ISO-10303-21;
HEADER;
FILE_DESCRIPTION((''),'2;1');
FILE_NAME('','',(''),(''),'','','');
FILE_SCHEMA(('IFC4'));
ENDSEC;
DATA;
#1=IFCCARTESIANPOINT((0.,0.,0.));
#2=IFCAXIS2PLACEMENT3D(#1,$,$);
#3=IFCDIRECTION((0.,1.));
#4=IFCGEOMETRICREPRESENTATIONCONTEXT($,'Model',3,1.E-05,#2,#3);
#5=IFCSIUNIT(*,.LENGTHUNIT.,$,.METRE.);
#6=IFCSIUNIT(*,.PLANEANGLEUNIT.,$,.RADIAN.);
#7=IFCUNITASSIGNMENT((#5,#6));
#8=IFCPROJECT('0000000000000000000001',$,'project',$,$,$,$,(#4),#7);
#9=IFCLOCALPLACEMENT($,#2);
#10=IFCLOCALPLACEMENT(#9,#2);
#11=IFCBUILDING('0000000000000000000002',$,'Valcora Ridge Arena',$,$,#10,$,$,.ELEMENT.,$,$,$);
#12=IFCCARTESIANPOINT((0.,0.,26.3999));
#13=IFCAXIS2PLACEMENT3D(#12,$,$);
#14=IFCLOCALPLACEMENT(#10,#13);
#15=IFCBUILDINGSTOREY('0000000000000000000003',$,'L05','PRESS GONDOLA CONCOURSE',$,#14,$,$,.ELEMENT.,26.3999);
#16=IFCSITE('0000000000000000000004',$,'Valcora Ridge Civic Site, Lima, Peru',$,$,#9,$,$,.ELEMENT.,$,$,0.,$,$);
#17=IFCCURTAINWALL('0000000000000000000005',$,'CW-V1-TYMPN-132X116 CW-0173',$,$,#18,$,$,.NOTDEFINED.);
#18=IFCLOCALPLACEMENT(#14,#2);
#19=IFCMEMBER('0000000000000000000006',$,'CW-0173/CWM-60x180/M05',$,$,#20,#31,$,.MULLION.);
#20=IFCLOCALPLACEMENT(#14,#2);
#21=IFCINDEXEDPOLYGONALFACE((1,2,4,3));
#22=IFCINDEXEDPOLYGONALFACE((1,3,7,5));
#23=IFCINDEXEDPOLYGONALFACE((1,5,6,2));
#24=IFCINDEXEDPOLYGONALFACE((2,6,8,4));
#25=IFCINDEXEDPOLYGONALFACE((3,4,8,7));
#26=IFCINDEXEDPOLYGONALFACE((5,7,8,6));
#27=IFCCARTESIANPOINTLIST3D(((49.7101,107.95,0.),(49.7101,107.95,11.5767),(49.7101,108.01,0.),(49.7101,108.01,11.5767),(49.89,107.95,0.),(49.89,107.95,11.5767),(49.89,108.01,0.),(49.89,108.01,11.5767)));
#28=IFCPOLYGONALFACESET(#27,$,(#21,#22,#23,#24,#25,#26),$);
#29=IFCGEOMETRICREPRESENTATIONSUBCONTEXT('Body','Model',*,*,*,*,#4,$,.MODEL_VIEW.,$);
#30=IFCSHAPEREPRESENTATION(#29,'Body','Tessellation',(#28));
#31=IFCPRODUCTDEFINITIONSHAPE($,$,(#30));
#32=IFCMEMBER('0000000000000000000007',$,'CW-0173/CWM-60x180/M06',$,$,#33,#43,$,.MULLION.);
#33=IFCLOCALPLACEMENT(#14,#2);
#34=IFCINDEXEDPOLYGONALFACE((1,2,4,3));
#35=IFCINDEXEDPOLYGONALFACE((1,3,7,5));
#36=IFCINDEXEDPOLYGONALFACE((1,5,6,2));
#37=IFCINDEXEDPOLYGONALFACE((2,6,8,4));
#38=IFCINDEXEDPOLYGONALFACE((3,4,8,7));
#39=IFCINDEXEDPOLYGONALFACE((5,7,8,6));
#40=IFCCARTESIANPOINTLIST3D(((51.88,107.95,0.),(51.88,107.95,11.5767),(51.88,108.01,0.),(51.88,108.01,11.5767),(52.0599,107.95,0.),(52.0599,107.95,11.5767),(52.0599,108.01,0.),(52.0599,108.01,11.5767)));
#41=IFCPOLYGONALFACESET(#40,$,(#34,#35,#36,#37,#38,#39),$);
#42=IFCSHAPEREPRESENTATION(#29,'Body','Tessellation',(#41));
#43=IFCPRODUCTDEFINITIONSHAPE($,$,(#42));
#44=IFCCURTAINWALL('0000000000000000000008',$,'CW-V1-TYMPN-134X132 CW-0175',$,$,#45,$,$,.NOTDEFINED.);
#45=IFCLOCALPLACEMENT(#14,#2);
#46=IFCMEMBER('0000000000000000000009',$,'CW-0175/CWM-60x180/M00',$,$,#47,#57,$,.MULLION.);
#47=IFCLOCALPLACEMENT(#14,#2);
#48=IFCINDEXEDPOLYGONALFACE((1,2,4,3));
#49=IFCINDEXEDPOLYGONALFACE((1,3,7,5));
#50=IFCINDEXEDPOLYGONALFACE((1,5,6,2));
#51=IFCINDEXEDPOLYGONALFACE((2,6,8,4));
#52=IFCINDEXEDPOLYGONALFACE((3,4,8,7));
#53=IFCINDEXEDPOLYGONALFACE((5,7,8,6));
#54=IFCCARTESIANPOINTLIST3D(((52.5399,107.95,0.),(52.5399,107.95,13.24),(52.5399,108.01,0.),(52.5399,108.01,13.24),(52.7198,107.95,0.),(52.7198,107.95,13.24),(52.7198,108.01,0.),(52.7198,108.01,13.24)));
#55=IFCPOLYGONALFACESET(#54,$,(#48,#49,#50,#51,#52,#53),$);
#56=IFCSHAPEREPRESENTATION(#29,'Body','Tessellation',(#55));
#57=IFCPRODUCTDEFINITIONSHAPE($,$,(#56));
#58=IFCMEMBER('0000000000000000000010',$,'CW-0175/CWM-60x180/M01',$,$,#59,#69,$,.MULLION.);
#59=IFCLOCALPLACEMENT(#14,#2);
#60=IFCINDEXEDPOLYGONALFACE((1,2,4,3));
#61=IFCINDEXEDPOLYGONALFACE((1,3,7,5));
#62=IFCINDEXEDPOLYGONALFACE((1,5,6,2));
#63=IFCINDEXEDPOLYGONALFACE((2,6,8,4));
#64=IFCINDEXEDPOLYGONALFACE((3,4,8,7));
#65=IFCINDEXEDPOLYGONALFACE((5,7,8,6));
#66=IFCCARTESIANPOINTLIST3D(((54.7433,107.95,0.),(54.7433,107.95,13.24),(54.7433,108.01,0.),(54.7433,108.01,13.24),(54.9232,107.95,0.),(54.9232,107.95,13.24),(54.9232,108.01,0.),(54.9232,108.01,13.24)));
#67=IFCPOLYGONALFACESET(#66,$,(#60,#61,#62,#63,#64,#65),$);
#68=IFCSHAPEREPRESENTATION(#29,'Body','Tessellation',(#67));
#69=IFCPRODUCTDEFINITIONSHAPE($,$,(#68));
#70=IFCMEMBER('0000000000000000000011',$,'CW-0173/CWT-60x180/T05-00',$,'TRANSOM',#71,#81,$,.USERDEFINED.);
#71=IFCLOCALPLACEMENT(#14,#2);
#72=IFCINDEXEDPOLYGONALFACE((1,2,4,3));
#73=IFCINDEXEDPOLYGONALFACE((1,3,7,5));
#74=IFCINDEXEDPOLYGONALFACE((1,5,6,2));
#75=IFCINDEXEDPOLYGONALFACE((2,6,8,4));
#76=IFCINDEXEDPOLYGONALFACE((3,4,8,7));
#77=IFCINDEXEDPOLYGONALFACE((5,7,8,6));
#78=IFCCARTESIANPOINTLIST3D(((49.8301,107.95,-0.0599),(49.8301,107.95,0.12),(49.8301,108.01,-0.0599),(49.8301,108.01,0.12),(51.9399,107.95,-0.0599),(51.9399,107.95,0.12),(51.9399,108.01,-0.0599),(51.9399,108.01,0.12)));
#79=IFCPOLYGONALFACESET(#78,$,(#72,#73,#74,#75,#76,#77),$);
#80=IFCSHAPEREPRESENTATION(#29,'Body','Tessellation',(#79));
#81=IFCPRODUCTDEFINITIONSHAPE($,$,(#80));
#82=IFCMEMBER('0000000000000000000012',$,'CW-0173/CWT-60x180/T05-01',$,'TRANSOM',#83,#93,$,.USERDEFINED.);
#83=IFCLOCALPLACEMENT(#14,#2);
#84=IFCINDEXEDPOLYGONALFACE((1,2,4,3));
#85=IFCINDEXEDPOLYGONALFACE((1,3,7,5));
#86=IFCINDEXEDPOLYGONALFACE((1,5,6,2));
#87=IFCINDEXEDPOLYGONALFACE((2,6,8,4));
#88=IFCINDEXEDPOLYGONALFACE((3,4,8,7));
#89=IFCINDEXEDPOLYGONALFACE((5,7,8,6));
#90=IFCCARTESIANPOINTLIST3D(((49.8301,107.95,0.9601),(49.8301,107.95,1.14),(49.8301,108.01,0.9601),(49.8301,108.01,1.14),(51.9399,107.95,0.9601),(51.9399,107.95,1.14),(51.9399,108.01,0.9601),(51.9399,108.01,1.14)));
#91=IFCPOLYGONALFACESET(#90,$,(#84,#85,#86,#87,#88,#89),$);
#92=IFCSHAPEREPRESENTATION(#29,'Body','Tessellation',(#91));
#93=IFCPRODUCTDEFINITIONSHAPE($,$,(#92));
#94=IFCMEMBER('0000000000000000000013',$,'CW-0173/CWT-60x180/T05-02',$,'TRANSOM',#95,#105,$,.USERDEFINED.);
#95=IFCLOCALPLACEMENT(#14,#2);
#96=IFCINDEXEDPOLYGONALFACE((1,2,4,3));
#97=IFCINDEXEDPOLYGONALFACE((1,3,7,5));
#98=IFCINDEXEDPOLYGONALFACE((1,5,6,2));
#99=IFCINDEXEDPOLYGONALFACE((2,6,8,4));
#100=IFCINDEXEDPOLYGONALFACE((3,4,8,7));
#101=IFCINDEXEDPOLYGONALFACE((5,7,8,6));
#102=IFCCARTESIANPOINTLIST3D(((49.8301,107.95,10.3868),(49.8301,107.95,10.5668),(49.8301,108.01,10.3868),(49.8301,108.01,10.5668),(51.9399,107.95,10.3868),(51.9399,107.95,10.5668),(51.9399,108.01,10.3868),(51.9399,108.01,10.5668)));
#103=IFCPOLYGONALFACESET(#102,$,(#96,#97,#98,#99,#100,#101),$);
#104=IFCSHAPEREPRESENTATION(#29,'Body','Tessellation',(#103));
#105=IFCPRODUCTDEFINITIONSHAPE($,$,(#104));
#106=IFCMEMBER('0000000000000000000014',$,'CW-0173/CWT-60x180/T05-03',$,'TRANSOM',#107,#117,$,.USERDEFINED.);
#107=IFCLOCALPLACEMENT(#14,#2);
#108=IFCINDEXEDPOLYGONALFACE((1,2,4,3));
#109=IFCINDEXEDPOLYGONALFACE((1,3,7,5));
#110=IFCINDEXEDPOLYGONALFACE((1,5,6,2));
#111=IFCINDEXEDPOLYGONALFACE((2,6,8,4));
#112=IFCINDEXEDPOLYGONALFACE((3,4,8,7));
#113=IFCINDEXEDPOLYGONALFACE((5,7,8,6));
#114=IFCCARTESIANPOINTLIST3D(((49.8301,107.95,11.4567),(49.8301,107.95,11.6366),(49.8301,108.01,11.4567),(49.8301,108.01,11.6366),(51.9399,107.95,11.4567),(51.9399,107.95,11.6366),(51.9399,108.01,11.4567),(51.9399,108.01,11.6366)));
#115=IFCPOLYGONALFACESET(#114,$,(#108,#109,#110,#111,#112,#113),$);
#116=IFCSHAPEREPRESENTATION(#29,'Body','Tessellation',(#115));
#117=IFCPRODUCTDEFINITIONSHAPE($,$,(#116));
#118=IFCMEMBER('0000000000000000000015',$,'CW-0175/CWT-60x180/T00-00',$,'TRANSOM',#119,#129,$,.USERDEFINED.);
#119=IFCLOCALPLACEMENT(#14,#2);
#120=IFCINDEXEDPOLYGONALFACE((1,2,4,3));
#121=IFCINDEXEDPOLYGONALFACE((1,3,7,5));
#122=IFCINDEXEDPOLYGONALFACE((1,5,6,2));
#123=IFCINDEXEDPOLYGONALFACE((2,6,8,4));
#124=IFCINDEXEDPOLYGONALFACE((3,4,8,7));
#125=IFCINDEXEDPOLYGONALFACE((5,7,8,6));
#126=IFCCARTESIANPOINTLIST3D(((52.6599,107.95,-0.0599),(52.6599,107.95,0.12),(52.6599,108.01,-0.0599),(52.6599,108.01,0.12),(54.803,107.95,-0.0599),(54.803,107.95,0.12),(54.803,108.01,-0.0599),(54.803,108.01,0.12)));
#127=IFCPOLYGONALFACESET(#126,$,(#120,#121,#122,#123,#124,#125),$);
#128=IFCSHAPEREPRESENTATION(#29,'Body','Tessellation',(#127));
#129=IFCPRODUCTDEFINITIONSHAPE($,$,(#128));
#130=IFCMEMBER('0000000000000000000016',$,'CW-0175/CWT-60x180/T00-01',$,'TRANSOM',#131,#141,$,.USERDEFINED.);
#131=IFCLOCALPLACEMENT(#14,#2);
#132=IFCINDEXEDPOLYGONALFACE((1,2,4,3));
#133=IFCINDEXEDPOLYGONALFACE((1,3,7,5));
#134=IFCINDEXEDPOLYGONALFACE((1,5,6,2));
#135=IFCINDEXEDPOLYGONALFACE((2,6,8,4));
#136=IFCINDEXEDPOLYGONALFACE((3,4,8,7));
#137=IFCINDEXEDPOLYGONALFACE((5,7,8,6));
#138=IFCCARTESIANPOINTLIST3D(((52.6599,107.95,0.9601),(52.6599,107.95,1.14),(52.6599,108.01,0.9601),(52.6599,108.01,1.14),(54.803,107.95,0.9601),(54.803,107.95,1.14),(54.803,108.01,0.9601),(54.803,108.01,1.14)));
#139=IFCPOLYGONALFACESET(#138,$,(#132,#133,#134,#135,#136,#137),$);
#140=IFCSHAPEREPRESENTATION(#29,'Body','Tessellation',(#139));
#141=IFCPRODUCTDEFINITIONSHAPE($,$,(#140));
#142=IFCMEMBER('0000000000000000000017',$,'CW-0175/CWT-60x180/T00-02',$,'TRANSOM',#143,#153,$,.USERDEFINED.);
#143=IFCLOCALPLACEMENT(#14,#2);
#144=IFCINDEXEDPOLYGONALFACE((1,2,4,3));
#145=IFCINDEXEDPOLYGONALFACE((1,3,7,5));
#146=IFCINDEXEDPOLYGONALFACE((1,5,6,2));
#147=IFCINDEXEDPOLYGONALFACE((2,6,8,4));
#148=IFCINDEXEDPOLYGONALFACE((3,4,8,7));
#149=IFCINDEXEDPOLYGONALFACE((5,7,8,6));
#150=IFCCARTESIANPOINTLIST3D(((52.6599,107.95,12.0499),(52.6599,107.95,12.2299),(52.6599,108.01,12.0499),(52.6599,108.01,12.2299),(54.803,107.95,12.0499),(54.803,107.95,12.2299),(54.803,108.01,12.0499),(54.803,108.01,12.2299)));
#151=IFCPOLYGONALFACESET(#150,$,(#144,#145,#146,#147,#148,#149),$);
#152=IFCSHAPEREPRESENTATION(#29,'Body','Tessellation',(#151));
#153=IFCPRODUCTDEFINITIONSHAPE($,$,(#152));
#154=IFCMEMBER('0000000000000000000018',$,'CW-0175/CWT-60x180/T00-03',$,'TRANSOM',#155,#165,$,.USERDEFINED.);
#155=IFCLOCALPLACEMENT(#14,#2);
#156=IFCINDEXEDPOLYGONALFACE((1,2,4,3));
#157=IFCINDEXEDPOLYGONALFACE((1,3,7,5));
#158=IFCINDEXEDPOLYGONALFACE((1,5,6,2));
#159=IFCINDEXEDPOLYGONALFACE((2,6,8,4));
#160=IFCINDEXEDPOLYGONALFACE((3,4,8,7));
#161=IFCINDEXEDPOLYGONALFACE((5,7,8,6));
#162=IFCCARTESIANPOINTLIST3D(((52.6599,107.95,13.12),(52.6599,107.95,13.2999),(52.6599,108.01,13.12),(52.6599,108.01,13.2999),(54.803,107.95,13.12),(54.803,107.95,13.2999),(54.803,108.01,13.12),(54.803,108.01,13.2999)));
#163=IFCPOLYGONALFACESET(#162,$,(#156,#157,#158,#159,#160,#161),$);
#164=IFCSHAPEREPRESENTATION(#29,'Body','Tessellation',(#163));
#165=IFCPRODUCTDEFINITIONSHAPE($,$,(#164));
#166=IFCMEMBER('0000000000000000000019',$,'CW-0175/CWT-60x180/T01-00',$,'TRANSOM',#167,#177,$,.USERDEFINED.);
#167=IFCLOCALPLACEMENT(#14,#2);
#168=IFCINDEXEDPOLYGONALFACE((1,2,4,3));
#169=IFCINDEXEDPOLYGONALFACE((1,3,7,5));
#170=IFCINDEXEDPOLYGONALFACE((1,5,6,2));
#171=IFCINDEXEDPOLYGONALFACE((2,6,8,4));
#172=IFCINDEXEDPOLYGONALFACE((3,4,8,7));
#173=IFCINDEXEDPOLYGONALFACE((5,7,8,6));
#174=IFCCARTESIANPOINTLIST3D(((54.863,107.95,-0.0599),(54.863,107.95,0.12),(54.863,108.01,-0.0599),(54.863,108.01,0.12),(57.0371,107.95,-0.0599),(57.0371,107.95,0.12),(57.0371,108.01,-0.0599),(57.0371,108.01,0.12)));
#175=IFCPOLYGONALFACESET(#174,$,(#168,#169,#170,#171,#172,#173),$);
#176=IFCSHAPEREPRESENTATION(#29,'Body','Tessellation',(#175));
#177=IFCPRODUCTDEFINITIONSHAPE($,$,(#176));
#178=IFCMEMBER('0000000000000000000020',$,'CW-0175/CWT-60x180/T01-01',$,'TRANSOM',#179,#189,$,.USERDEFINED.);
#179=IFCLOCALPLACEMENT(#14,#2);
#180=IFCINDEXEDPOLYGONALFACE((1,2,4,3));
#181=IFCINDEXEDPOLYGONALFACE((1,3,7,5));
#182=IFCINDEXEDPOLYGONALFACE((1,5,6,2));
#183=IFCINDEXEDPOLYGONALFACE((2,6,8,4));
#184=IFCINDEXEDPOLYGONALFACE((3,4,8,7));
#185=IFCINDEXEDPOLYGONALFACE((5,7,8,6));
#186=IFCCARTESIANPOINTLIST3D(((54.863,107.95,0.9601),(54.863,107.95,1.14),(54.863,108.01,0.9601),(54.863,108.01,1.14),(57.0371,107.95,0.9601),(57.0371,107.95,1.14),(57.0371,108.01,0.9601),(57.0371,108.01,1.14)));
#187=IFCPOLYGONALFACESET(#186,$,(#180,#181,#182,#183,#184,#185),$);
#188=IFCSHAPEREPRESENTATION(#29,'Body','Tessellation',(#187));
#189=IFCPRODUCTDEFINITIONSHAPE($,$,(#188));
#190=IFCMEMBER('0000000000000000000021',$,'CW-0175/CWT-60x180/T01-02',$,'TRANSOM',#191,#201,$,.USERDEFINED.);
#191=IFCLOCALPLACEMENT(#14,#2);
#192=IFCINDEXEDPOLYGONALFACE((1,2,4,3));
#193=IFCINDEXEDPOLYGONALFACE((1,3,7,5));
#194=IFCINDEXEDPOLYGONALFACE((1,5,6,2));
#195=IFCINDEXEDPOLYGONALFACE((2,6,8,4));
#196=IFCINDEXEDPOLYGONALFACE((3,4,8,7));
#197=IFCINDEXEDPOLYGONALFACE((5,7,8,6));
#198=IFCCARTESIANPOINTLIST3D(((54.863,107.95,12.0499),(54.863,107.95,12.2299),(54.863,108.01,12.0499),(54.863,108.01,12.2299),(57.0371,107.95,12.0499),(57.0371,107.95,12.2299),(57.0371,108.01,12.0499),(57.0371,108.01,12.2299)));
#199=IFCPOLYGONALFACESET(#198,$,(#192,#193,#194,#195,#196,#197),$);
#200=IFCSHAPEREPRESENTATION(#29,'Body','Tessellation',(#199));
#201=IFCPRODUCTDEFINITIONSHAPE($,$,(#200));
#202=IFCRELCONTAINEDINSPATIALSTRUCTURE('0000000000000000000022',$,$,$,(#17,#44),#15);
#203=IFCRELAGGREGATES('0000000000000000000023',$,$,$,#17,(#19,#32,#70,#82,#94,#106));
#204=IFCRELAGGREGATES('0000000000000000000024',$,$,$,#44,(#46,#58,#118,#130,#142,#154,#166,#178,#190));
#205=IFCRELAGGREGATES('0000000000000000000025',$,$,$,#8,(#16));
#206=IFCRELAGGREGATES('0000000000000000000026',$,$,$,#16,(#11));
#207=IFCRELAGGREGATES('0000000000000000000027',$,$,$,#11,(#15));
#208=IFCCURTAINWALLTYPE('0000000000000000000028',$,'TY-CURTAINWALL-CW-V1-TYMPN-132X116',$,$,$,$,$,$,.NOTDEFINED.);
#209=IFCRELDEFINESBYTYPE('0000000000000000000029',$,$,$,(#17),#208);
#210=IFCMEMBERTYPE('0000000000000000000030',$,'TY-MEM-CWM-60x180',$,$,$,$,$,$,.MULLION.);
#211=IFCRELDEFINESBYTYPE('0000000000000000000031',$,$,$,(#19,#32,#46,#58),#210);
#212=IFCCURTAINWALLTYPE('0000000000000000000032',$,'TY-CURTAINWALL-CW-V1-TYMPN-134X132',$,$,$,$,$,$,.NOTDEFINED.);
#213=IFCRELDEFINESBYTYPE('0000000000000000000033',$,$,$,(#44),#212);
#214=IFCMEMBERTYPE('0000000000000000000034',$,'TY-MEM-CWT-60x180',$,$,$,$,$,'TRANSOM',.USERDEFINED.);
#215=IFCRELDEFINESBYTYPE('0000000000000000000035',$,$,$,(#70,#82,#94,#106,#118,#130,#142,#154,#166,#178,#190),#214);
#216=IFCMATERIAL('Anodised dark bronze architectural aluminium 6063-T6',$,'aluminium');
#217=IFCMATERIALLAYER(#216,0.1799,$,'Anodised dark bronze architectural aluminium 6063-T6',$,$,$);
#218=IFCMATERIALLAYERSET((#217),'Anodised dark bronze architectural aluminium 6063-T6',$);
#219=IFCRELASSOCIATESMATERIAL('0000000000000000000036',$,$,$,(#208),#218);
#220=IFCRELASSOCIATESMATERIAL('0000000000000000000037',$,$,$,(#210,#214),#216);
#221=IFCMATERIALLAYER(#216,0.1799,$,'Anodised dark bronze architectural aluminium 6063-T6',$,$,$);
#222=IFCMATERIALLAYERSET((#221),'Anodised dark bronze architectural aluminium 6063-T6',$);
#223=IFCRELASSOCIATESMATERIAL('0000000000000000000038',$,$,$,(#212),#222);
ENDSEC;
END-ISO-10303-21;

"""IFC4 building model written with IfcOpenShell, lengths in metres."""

from ifc_helpers import new_model, si_unit, direction, frame, origin, origin_2d, place, context, subcontext, project, spatial, rectangle, extrude, material, layer, layer_set, material_profile, profile_set, type_object, element, aggregate, save


model = new_model("IFC4")

# Units and contexts
model_context = context("Model", 3, precision=1e-05, world=origin(), true_north=direction((0.0, 1.0)))
body_context = subcontext(model_context, "Body", "Model", "MODEL_VIEW")
ifc_project = project(units=[si_unit("LENGTHUNIT", "METRE"), si_unit("PLANEANGLEUNIT", "RADIAN")], contexts=[model_context])

# Site, building, storey
site_placement = place(None, origin())
site = spatial("IfcSite", under=ifc_project, at=site_placement, Name="Valcora Ridge Civic Site, Lima, Peru", CompositionType="ELEMENT", RefElevation=0.0)
building_placement = place(site_placement, origin())
building = spatial("IfcBuilding", under=site, at=building_placement, Name="Valcora Ridge Arena", CompositionType="ELEMENT")
storey_placement = place(building_placement, frame((0.0, 0.0, 26.3999)))
storey = spatial("IfcBuildingStorey", under=building, at=storey_placement, Name="L05", Description="PRESS GONDOLA CONCOURSE", CompositionType="ELEMENT", Elevation=26.3999)

# Curtain walls, members
ifc_material_1 = material(Name="Anodised dark bronze architectural aluminium 6063-T6", Category="aluminium")
ifc_layer_1 = layer(ifc_material_1, 0.1799, Name="Anodised dark bronze architectural aluminium 6063-T6")
ifc_layer_set_1 = layer_set([ifc_layer_1], Name="Anodised dark bronze architectural aluminium 6063-T6")
curtain_wall_type_1 = type_object("IfcCurtainWallType", Name="TY-CURTAINWALL-CW-V1-TYMPN-132X116", PredefinedType="NOTDEFINED", material=ifc_layer_set_1)
curtain_wall_1_placement = place(storey_placement, origin())
curtain_wall_1 = element("IfcCurtainWall", 1, at=curtain_wall_1_placement, inside=storey, type_object=curtain_wall_type_1, Name="CW-V1-TYMPN-132X116 CW-0173", PredefinedType="NOTDEFINED")
ifc_material_profile_1 = material_profile(ifc_material_1, rectangle(XDim=0.0601, YDim=0.1799, at=origin_2d()), Name="ALU MULLION 60x180")
ifc_profile_set_1 = profile_set([ifc_material_profile_1], Name="Anodised dark bronze architectural aluminium 6063-T6")
member_type_1 = type_object("IfcMemberType", Name="TY-MEM-CWM-60x180", PredefinedType="MULLION", material=ifc_profile_set_1)
member_1_placement = place(storey_placement, frame((49.8, 107.98, 0.0), z_axis=(0.0, 0.0, 1.0), x_axis=(0.0, 1.0, 0.0)))
member_1 = element("IfcMember", 2, at=member_1_placement, type_object=member_type_1, Name="CW-0173/CWM-60x180/M05", PredefinedType="MULLION", context=body_context, shape_type="SweptSolid", body=[
    extrude(rectangle(XDim=0.0601, YDim=0.1799, at=origin_2d()), origin(), (0.0, 0.0, 1.0), 11.5767),
])
member_2_placement = place(storey_placement, frame((51.97, 107.98, 0.0), z_axis=(0.0, 0.0, 1.0), x_axis=(0.0, 1.0, 0.0)))
member_2 = element("IfcMember", 3, at=member_2_placement, type_object=member_type_1, Name="CW-0173/CWM-60x180/M06", PredefinedType="MULLION", context=body_context, shape_type="SweptSolid", body=[
    extrude(rectangle(XDim=0.0601, YDim=0.1799, at=origin_2d()), origin(), (0.0, 0.0, 1.0), 11.5767),
])
ifc_layer_2 = layer(ifc_material_1, 0.1799, Name="Anodised dark bronze architectural aluminium 6063-T6")
ifc_layer_set_2 = layer_set([ifc_layer_2], Name="Anodised dark bronze architectural aluminium 6063-T6")
curtain_wall_type_2 = type_object("IfcCurtainWallType", Name="TY-CURTAINWALL-CW-V1-TYMPN-134X132", PredefinedType="NOTDEFINED", material=ifc_layer_set_2)
curtain_wall_2_placement = place(storey_placement, origin())
curtain_wall_2 = element("IfcCurtainWall", 4, at=curtain_wall_2_placement, inside=storey, type_object=curtain_wall_type_2, Name="CW-V1-TYMPN-134X132 CW-0175", PredefinedType="NOTDEFINED")
member_3_placement = place(storey_placement, frame((52.6299, 107.98, 0.0), z_axis=(0.0, 0.0, 1.0), x_axis=(0.0, 1.0, 0.0)))
member_3 = element("IfcMember", 5, at=member_3_placement, type_object=member_type_1, Name="CW-0175/CWM-60x180/M00", PredefinedType="MULLION", context=body_context, shape_type="SweptSolid", body=[
    extrude(rectangle(XDim=0.0601, YDim=0.1799, at=origin_2d()), origin(), (0.0, 0.0, 1.0), 13.24),
])
member_4_placement = place(storey_placement, frame((54.8333, 107.98, 0.0), z_axis=(0.0, 0.0, 1.0), x_axis=(0.0, 1.0, 0.0)))
member_4 = element("IfcMember", 6, at=member_4_placement, type_object=member_type_1, Name="CW-0175/CWM-60x180/M01", PredefinedType="MULLION", context=body_context, shape_type="SweptSolid", body=[
    extrude(rectangle(XDim=0.0601, YDim=0.1799, at=origin_2d()), origin(), (0.0, 0.0, 1.0), 13.24),
])

# Members
ifc_material_profile_2 = material_profile(ifc_material_1, rectangle(XDim=0.0601, YDim=0.1799, at=origin_2d()), Name="ALU TRANSOM 60x180")
ifc_profile_set_2 = profile_set([ifc_material_profile_2], Name="Anodised dark bronze architectural aluminium 6063-T6")
member_type_2 = type_object("IfcMemberType", Name="TY-MEM-CWT-60x180", ElementType="TRANSOM", PredefinedType="USERDEFINED", material=ifc_profile_set_2)
member_5_placement = place(storey_placement, frame((49.8301, 107.98, 0.03), z_axis=(1.0, 0.0, 0.0), x_axis=(0.0, 1.0, 0.0)))
member_5 = element("IfcMember", 7, at=member_5_placement, type_object=member_type_2, Name="CW-0173/CWT-60x180/T05-00", ObjectType="TRANSOM", PredefinedType="USERDEFINED", context=body_context, shape_type="SweptSolid", body=[
    extrude(rectangle(XDim=0.0601, YDim=0.1799, at=origin_2d()), origin(), (0.0, 0.0, 1.0), 2.1099),
])
member_6_placement = place(storey_placement, frame((49.8301, 107.98, 1.05), z_axis=(1.0, 0.0, 0.0), x_axis=(0.0, 1.0, 0.0)))
member_6 = element("IfcMember", 8, at=member_6_placement, type_object=member_type_2, Name="CW-0173/CWT-60x180/T05-01", ObjectType="TRANSOM", PredefinedType="USERDEFINED", context=body_context, shape_type="SweptSolid", body=[
    extrude(rectangle(XDim=0.0601, YDim=0.1799, at=origin_2d()), origin(), (0.0, 0.0, 1.0), 2.1099),
])
member_7_placement = place(storey_placement, frame((49.8301, 107.98, 10.4768), z_axis=(1.0, 0.0, 0.0), x_axis=(0.0, 1.0, 0.0)))
member_7 = element("IfcMember", 9, at=member_7_placement, type_object=member_type_2, Name="CW-0173/CWT-60x180/T05-02", ObjectType="TRANSOM", PredefinedType="USERDEFINED", context=body_context, shape_type="SweptSolid", body=[
    extrude(rectangle(XDim=0.0601, YDim=0.1799, at=origin_2d()), origin(), (0.0, 0.0, 1.0), 2.1099),
])
member_8_placement = place(storey_placement, frame((49.8301, 107.98, 11.5466), z_axis=(1.0, 0.0, 0.0), x_axis=(0.0, 1.0, 0.0)))
member_8 = element("IfcMember", 10, at=member_8_placement, type_object=member_type_2, Name="CW-0173/CWT-60x180/T05-03", ObjectType="TRANSOM", PredefinedType="USERDEFINED", context=body_context, shape_type="SweptSolid", body=[
    extrude(rectangle(XDim=0.0601, YDim=0.1799, at=origin_2d()), origin(), (0.0, 0.0, 1.0), 2.1099),
])
member_9_placement = place(storey_placement, frame((52.6599, 107.98, 0.03), z_axis=(1.0, 0.0, 0.0), x_axis=(0.0, 1.0, 0.0)))
member_9 = element("IfcMember", 11, at=member_9_placement, type_object=member_type_2, Name="CW-0175/CWT-60x180/T00-00", ObjectType="TRANSOM", PredefinedType="USERDEFINED", context=body_context, shape_type="SweptSolid", body=[
    extrude(rectangle(XDim=0.0601, YDim=0.1799, at=origin_2d()), origin(), (0.0, 0.0, 1.0), 2.1431),
])
member_10_placement = place(storey_placement, frame((52.6599, 107.98, 1.05), z_axis=(1.0, 0.0, 0.0), x_axis=(0.0, 1.0, 0.0)))
member_10 = element("IfcMember", 12, at=member_10_placement, type_object=member_type_2, Name="CW-0175/CWT-60x180/T00-01", ObjectType="TRANSOM", PredefinedType="USERDEFINED", context=body_context, shape_type="SweptSolid", body=[
    extrude(rectangle(XDim=0.0601, YDim=0.1799, at=origin_2d()), origin(), (0.0, 0.0, 1.0), 2.1431),
])
member_11_placement = place(storey_placement, frame((52.6599, 107.98, 12.1399), z_axis=(1.0, 0.0, 0.0), x_axis=(0.0, 1.0, 0.0)))
member_11 = element("IfcMember", 13, at=member_11_placement, type_object=member_type_2, Name="CW-0175/CWT-60x180/T00-02", ObjectType="TRANSOM", PredefinedType="USERDEFINED", context=body_context, shape_type="SweptSolid", body=[
    extrude(rectangle(XDim=0.0601, YDim=0.1799, at=origin_2d()), origin(), (0.0, 0.0, 1.0), 2.1431),
])
member_12_placement = place(storey_placement, frame((52.6599, 107.98, 13.21), z_axis=(1.0, 0.0, 0.0), x_axis=(0.0, 1.0, 0.0)))
member_12 = element("IfcMember", 14, at=member_12_placement, type_object=member_type_2, Name="CW-0175/CWT-60x180/T00-03", ObjectType="TRANSOM", PredefinedType="USERDEFINED", context=body_context, shape_type="SweptSolid", body=[
    extrude(rectangle(XDim=0.0601, YDim=0.1799, at=origin_2d()), origin(), (0.0, 0.0, 1.0), 2.1431),
])
member_13_placement = place(storey_placement, frame((54.863, 107.98, 0.03), z_axis=(1.0, 0.0, 0.0), x_axis=(0.0, 1.0, 0.0)))
member_13 = element("IfcMember", 15, at=member_13_placement, type_object=member_type_2, Name="CW-0175/CWT-60x180/T01-00", ObjectType="TRANSOM", PredefinedType="USERDEFINED", context=body_context, shape_type="SweptSolid", body=[
    extrude(rectangle(XDim=0.0601, YDim=0.1799, at=origin_2d()), origin(), (0.0, 0.0, 1.0), 2.1741),
])
member_14_placement = place(storey_placement, frame((54.863, 107.98, 1.05), z_axis=(1.0, 0.0, 0.0), x_axis=(0.0, 1.0, 0.0)))
member_14 = element("IfcMember", 16, at=member_14_placement, type_object=member_type_2, Name="CW-0175/CWT-60x180/T01-01", ObjectType="TRANSOM", PredefinedType="USERDEFINED", context=body_context, shape_type="SweptSolid", body=[
    extrude(rectangle(XDim=0.0601, YDim=0.1799, at=origin_2d()), origin(), (0.0, 0.0, 1.0), 2.1741),
])
member_15_placement = place(storey_placement, frame((54.863, 107.98, 12.1399), z_axis=(1.0, 0.0, 0.0), x_axis=(0.0, 1.0, 0.0)))
member_15 = element("IfcMember", 17, at=member_15_placement, type_object=member_type_2, Name="CW-0175/CWT-60x180/T01-02", ObjectType="TRANSOM", PredefinedType="USERDEFINED", context=body_context, shape_type="SweptSolid", body=[
    extrude(rectangle(XDim=0.0601, YDim=0.1799, at=origin_2d()), origin(), (0.0, 0.0, 1.0), 2.1741),
])

aggregate(curtain_wall_1, [member_1, member_2, member_5, member_6, member_7, member_8])
aggregate(curtain_wall_2, [member_3, member_4, member_9, member_10, member_11, member_12, member_13, member_14, member_15])

save(model, "model.ifc")
